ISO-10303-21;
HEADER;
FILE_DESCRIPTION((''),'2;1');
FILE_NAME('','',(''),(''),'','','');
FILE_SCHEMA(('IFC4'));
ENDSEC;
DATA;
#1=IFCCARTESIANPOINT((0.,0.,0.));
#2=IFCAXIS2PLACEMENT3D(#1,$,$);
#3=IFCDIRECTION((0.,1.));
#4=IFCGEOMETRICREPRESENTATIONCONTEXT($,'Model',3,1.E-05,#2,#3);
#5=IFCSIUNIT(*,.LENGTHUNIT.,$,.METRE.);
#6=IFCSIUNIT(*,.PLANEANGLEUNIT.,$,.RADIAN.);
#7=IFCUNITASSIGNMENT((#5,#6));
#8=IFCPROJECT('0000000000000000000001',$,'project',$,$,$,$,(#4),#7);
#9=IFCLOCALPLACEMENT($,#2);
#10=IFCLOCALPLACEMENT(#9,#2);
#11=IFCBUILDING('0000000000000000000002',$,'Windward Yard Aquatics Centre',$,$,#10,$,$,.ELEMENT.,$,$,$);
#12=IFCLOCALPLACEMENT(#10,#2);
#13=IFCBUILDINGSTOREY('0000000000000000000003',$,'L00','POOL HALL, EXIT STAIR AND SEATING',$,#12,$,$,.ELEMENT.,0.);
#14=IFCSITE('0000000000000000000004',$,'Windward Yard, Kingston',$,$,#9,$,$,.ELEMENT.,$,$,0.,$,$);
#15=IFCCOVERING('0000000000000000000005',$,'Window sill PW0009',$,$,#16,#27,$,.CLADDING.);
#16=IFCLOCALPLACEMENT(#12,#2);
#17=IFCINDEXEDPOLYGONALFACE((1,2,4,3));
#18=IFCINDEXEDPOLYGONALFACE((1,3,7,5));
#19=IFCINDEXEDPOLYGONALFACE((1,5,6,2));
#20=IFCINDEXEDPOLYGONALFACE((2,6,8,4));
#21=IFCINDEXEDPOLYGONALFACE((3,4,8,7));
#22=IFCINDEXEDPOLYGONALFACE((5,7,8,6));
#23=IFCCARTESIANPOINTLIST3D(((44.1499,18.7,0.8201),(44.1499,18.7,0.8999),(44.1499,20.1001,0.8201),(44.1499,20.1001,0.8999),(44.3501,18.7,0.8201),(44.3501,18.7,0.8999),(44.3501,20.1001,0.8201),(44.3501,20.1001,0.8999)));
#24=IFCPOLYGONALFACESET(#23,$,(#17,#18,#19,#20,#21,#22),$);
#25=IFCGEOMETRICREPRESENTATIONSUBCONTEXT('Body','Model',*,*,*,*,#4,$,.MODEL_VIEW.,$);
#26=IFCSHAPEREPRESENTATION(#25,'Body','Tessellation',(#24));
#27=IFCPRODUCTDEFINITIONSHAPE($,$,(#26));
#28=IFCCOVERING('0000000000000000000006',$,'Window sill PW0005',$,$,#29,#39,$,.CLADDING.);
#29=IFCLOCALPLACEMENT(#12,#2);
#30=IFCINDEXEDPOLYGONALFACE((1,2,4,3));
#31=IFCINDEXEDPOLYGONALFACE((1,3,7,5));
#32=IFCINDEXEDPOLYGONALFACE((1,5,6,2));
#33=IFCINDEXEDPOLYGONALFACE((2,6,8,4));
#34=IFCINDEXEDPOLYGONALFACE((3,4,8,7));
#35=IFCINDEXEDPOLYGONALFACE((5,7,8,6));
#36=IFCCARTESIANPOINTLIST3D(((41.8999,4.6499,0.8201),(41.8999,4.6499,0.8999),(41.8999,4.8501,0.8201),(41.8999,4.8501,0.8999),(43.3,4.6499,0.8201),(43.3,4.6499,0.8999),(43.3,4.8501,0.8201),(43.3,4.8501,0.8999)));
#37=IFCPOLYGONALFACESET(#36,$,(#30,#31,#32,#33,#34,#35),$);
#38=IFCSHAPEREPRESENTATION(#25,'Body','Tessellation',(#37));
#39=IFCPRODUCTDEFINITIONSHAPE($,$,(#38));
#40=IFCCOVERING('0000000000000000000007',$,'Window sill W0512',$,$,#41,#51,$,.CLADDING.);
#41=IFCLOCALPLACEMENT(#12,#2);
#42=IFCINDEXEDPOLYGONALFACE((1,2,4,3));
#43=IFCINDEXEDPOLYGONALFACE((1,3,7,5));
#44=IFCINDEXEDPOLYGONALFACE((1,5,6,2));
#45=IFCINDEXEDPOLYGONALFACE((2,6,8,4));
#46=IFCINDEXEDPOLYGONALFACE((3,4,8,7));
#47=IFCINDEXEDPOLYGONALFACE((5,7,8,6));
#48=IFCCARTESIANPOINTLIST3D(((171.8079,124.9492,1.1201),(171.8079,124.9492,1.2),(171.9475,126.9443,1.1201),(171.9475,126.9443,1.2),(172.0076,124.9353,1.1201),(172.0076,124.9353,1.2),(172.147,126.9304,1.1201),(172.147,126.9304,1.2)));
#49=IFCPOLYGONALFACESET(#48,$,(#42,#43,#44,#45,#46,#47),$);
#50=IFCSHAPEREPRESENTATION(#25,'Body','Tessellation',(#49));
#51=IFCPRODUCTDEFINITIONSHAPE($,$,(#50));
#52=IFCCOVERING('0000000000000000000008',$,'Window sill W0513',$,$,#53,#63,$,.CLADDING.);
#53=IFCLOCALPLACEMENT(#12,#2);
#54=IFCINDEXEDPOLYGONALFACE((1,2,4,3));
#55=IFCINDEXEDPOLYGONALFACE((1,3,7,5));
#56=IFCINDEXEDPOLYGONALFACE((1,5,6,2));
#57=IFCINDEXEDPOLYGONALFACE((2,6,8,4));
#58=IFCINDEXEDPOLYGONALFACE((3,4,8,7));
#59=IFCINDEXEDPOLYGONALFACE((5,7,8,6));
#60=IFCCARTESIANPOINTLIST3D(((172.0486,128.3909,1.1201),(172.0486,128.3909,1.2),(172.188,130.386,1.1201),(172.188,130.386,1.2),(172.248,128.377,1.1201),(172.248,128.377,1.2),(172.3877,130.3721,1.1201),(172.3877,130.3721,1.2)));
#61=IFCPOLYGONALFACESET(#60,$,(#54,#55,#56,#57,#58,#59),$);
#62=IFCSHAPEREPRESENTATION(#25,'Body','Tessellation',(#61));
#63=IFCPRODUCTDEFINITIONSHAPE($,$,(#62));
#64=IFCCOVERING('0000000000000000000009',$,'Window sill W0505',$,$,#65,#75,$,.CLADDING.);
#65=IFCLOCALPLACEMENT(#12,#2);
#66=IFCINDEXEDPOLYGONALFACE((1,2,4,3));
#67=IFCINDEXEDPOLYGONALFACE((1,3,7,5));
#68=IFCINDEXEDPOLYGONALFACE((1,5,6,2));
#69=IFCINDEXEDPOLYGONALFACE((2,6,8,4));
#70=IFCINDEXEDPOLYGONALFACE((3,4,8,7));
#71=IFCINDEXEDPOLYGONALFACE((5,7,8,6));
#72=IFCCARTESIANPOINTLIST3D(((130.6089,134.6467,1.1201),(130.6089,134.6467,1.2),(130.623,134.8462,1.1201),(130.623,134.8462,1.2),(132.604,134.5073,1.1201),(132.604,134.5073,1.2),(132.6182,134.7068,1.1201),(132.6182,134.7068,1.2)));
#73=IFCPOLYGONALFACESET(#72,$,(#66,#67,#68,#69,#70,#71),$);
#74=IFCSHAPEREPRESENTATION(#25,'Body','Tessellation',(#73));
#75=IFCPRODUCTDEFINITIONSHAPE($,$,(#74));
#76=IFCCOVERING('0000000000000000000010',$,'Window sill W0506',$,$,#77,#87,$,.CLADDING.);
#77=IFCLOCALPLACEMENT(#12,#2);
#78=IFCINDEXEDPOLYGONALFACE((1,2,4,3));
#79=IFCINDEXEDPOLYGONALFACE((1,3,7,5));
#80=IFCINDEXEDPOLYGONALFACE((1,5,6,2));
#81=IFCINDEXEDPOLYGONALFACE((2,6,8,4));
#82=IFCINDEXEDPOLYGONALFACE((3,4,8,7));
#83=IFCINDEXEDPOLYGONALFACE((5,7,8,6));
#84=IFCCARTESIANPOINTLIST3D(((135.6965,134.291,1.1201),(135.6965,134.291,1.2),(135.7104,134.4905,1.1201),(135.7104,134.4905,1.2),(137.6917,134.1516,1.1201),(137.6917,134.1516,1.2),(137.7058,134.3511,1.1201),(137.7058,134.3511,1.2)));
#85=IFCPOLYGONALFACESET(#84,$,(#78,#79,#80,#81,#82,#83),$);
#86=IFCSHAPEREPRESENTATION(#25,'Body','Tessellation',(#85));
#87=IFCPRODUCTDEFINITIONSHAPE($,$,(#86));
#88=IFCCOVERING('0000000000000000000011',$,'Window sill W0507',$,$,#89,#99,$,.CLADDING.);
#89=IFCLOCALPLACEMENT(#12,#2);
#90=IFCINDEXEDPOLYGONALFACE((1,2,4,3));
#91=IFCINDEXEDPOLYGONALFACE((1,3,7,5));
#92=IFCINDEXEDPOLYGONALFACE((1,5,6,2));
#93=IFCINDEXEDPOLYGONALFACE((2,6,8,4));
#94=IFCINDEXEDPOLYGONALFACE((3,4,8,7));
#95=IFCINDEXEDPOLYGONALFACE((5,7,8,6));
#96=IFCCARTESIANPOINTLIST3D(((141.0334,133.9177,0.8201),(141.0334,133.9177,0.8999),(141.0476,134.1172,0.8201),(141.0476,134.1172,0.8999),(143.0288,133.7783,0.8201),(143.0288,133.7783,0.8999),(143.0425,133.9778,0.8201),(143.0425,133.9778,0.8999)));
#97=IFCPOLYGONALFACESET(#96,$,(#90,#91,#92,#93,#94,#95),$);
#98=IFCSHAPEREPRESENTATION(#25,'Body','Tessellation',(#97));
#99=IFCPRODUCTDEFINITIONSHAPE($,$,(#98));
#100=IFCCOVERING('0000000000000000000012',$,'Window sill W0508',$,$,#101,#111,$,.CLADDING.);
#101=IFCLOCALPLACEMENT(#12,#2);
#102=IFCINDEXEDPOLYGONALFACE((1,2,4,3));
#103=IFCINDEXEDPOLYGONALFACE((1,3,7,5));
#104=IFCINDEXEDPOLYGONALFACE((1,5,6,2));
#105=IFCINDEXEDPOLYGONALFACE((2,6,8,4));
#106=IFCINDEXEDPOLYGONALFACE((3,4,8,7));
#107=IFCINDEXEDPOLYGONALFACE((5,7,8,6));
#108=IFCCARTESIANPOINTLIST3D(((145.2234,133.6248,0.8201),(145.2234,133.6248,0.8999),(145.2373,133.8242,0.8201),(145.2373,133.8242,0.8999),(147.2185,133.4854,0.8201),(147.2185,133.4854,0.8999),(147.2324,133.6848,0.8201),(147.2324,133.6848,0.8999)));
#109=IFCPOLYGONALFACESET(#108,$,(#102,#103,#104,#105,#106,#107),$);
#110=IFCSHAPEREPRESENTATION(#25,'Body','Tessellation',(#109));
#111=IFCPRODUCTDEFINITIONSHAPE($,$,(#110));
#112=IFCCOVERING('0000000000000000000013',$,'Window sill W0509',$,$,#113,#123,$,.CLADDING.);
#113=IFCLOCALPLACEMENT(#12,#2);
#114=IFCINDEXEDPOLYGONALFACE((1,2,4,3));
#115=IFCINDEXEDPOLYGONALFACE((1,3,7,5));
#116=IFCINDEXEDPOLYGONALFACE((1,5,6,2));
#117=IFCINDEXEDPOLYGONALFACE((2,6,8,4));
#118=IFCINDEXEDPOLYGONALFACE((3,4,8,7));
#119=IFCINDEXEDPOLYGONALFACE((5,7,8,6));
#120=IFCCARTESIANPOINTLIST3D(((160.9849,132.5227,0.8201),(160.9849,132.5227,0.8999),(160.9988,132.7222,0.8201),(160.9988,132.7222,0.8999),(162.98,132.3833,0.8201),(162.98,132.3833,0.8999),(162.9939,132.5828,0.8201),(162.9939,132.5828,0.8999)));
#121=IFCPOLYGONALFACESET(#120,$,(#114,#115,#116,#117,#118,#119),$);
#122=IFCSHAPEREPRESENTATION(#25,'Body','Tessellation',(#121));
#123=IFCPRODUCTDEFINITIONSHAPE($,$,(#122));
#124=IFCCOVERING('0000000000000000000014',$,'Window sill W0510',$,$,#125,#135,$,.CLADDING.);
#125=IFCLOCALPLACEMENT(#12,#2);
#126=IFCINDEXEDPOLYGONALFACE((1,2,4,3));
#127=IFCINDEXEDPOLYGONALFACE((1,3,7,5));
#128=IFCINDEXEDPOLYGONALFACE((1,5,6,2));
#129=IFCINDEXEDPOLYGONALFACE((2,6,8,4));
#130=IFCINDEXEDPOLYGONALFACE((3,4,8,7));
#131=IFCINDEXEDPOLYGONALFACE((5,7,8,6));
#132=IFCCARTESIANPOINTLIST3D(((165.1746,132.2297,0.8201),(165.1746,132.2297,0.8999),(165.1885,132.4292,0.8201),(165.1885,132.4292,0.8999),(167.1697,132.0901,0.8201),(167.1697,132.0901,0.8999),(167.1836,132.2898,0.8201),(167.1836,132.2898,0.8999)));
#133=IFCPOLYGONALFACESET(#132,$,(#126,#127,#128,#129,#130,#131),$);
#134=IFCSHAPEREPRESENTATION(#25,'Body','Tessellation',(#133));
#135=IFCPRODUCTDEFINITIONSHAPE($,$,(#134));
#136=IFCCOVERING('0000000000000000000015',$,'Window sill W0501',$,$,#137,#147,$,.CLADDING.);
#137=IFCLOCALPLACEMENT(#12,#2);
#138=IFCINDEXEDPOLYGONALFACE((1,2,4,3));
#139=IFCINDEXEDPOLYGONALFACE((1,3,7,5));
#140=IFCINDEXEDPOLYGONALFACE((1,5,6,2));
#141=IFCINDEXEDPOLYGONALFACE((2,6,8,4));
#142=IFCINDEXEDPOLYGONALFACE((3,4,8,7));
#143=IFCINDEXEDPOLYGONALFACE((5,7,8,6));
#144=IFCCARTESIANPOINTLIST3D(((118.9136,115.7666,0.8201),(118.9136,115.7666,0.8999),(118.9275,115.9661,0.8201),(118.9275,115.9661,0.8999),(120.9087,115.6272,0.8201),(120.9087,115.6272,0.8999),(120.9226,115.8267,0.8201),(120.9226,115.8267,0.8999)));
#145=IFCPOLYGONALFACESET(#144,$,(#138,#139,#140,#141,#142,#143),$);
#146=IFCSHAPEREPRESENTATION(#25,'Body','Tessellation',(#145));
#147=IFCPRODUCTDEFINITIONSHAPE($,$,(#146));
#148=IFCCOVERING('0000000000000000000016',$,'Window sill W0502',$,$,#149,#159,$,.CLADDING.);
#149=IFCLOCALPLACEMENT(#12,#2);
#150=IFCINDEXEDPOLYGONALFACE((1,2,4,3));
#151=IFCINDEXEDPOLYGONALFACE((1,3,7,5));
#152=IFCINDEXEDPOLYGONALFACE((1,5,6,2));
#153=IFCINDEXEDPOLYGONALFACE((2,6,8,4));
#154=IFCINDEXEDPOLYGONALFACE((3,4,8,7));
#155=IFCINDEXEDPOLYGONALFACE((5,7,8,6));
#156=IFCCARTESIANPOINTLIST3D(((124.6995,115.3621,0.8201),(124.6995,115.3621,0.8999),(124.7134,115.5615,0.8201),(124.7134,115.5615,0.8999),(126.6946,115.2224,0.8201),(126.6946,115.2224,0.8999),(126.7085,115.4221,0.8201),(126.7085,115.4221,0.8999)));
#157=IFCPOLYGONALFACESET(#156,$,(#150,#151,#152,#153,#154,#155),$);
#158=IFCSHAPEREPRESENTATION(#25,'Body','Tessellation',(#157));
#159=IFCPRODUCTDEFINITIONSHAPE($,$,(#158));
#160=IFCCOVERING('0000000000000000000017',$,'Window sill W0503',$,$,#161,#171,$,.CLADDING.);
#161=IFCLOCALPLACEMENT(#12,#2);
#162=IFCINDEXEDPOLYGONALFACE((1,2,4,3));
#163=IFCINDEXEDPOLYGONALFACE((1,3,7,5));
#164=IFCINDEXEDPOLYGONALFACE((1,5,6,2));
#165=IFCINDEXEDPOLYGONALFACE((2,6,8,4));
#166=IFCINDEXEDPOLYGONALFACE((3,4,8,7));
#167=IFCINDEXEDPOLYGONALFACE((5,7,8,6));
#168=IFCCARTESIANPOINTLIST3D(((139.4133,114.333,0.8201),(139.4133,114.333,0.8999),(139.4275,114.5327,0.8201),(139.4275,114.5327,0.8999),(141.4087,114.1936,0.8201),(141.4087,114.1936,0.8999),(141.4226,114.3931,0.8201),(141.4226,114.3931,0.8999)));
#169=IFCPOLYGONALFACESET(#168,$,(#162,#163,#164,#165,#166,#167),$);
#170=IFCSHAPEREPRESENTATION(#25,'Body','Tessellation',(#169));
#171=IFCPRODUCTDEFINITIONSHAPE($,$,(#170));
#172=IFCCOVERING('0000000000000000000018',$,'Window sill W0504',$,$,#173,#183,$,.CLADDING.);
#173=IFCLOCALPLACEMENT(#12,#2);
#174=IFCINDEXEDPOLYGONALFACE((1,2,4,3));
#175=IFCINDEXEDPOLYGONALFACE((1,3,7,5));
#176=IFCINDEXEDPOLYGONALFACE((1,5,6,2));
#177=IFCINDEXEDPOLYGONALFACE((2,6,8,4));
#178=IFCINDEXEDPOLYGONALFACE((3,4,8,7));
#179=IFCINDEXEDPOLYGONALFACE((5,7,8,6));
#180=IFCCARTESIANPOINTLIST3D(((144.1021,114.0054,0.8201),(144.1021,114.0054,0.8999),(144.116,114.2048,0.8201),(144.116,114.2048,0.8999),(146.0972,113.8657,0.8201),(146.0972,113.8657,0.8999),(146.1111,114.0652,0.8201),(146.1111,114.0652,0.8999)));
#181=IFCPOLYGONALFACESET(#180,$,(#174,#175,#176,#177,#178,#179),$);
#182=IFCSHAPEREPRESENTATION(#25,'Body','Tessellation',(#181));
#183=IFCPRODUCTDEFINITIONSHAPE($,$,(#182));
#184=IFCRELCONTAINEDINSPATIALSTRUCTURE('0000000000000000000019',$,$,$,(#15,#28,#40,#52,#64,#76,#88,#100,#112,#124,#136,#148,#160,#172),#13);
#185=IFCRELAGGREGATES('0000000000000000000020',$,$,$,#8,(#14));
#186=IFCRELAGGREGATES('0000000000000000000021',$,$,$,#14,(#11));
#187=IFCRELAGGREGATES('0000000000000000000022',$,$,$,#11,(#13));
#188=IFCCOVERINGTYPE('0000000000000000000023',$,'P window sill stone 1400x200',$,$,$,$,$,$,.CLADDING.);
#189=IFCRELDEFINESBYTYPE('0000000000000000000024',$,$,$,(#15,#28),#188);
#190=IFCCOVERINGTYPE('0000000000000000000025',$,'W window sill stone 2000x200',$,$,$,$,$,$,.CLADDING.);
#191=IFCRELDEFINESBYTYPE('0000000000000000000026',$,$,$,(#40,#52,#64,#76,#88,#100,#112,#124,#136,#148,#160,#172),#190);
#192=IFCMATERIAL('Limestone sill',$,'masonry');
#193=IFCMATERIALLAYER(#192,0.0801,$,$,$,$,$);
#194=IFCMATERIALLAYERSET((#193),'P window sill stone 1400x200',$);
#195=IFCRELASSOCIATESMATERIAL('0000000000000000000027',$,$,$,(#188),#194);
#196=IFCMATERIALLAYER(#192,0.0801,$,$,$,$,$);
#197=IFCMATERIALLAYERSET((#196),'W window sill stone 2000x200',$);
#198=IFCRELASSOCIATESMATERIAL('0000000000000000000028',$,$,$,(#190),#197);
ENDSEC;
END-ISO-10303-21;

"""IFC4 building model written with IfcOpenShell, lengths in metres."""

from ifc_helpers import new_model, si_unit, direction, frame, origin, place, context, subcontext, project, spatial, polyline, outline, extrude, material, layer, layer_set, type_object, element, save


model = new_model("IFC4")

# Units and contexts
model_context = context("Model", 3, precision=1e-05, world=origin(), true_north=direction((0.0, 1.0)))
body_context = subcontext(model_context, "Body", "Model", "MODEL_VIEW")
ifc_project = project(units=[si_unit("LENGTHUNIT", "METRE"), si_unit("PLANEANGLEUNIT", "RADIAN")], contexts=[model_context])

# Site, building, storey
site_placement = place(None, origin())
site = spatial("IfcSite", under=ifc_project, at=site_placement, Name="Windward Yard, Kingston", CompositionType="ELEMENT", RefElevation=0.0)
building_placement = place(site_placement, origin())
building = spatial("IfcBuilding", under=site, at=building_placement, Name="Windward Yard Aquatics Centre", CompositionType="ELEMENT")
storey_placement = place(building_placement, origin())
storey = spatial("IfcBuildingStorey", under=building, at=storey_placement, Name="L00", Description="POOL HALL, EXIT STAIR AND SEATING", CompositionType="ELEMENT", Elevation=0.0)

# Coverings
ifc_material_1 = material(Name="Limestone sill", Category="masonry")
ifc_layer_1 = layer(ifc_material_1, 0.0801)
ifc_layer_set_1 = layer_set([ifc_layer_1], Name="P window sill stone 1400x200")
covering_type_1 = type_object("IfcCoveringType", Name="P window sill stone 1400x200", PredefinedType="CLADDING", material=ifc_layer_set_1)
covering_1_placement = place(storey_placement, frame((0.0, 0.0, 0.8201)))
element("IfcCovering", 1, at=covering_1_placement, inside=storey, type_object=covering_type_1, Name="Window sill PW0009", PredefinedType="CLADDING", context=body_context, shape_type="SweptSolid", body=[
    extrude(outline(polyline([(44.1499, 18.7), (44.1499, 20.1001), (44.3501, 20.1001), (44.3501, 18.7), (44.1499, 18.7)])), origin(), (0.0, 0.0, 1.0), 0.0798),
])
covering_2_placement = place(storey_placement, frame((0.0, 0.0, 0.8201)))
element("IfcCovering", 2, at=covering_2_placement, inside=storey, type_object=covering_type_1, Name="Window sill PW0005", PredefinedType="CLADDING", context=body_context, shape_type="SweptSolid", body=[
    extrude(outline(polyline([(41.8999, 4.6499), (41.8999, 4.8501), (43.3, 4.8501), (43.3, 4.6499), (41.8999, 4.6499)])), origin(), (0.0, 0.0, 1.0), 0.0798),
])
ifc_layer_2 = layer(ifc_material_1, 0.0801)
ifc_layer_set_2 = layer_set([ifc_layer_2], Name="W window sill stone 2000x200")
covering_type_2 = type_object("IfcCoveringType", Name="W window sill stone 2000x200", PredefinedType="CLADDING", material=ifc_layer_set_2)
covering_3_placement = place(storey_placement, frame((0.0, 0.0, 1.1201)))
element("IfcCovering", 3, at=covering_3_placement, inside=storey, type_object=covering_type_2, Name="Window sill W0512", PredefinedType="CLADDING", context=body_context, shape_type="SweptSolid", body=[
    extrude(outline(polyline([(171.8079, 124.9492), (171.9475, 126.9443), (172.147, 126.9304), (172.0076, 124.9353), (171.8079, 124.9492)])), origin(), (0.0, 0.0, 1.0), 0.0798),
])
covering_4_placement = place(storey_placement, frame((0.0, 0.0, 1.1201)))
element("IfcCovering", 4, at=covering_4_placement, inside=storey, type_object=covering_type_2, Name="Window sill W0513", PredefinedType="CLADDING", context=body_context, shape_type="SweptSolid", body=[
    extrude(outline(polyline([(172.0486, 128.3909), (172.188, 130.386), (172.3877, 130.3721), (172.248, 128.377), (172.0486, 128.3909)])), origin(), (0.0, 0.0, 1.0), 0.0798),
])
covering_5_placement = place(storey_placement, frame((0.0, 0.0, 1.1201)))
element("IfcCovering", 5, at=covering_5_placement, inside=storey, type_object=covering_type_2, Name="Window sill W0505", PredefinedType="CLADDING", context=body_context, shape_type="SweptSolid", body=[
    extrude(outline(polyline([(130.6089, 134.6467), (132.604, 134.5073), (132.6182, 134.7068), (130.623, 134.8462), (130.6089, 134.6467)])), origin(), (0.0, 0.0, 1.0), 0.0798),
])
covering_6_placement = place(storey_placement, frame((0.0, 0.0, 1.1201)))
element("IfcCovering", 6, at=covering_6_placement, inside=storey, type_object=covering_type_2, Name="Window sill W0506", PredefinedType="CLADDING", context=body_context, shape_type="SweptSolid", body=[
    extrude(outline(polyline([(135.6965, 134.291), (137.6917, 134.1516), (137.7058, 134.3511), (135.7104, 134.4905), (135.6965, 134.291)])), origin(), (0.0, 0.0, 1.0), 0.0798),
])
covering_7_placement = place(storey_placement, frame((0.0, 0.0, 0.8201)))
element("IfcCovering", 7, at=covering_7_placement, inside=storey, type_object=covering_type_2, Name="Window sill W0507", PredefinedType="CLADDING", context=body_context, shape_type="SweptSolid", body=[
    extrude(outline(polyline([(141.0334, 133.9177), (143.0288, 133.7783), (143.0425, 133.9778), (141.0476, 134.1172), (141.0334, 133.9177)])), origin(), (0.0, 0.0, 1.0), 0.0798),
])
covering_8_placement = place(storey_placement, frame((0.0, 0.0, 0.8201)))
element("IfcCovering", 8, at=covering_8_placement, inside=storey, type_object=covering_type_2, Name="Window sill W0508", PredefinedType="CLADDING", context=body_context, shape_type="SweptSolid", body=[
    extrude(outline(polyline([(145.2234, 133.6248), (147.2185, 133.4854), (147.2324, 133.6848), (145.2373, 133.8242), (145.2234, 133.6248)])), origin(), (0.0, 0.0, 1.0), 0.0798),
])
covering_9_placement = place(storey_placement, frame((0.0, 0.0, 0.8201)))
element("IfcCovering", 9, at=covering_9_placement, inside=storey, type_object=covering_type_2, Name="Window sill W0509", PredefinedType="CLADDING", context=body_context, shape_type="SweptSolid", body=[
    extrude(outline(polyline([(160.9849, 132.5227), (162.98, 132.3833), (162.9939, 132.5828), (160.9988, 132.7222), (160.9849, 132.5227)])), origin(), (0.0, 0.0, 1.0), 0.0798),
])
covering_10_placement = place(storey_placement, frame((0.0, 0.0, 0.8201)))
element("IfcCovering", 10, at=covering_10_placement, inside=storey, type_object=covering_type_2, Name="Window sill W0510", PredefinedType="CLADDING", context=body_context, shape_type="SweptSolid", body=[
    extrude(outline(polyline([(165.1746, 132.2297), (167.1697, 132.0901), (167.1836, 132.2898), (165.1885, 132.4292), (165.1746, 132.2297)])), origin(), (0.0, 0.0, 1.0), 0.0798),
])
covering_11_placement = place(storey_placement, frame((0.0, 0.0, 0.8201)))
element("IfcCovering", 11, at=covering_11_placement, inside=storey, type_object=covering_type_2, Name="Window sill W0501", PredefinedType="CLADDING", context=body_context, shape_type="SweptSolid", body=[
    extrude(outline(polyline([(118.9136, 115.7666), (118.9275, 115.9661), (120.9226, 115.8267), (120.9087, 115.6272), (118.9136, 115.7666)])), origin(), (0.0, 0.0, 1.0), 0.0798),
])
covering_12_placement = place(storey_placement, frame((0.0, 0.0, 0.8201)))
element("IfcCovering", 12, at=covering_12_placement, inside=storey, type_object=covering_type_2, Name="Window sill W0502", PredefinedType="CLADDING", context=body_context, shape_type="SweptSolid", body=[
    extrude(outline(polyline([(124.6995, 115.3621), (124.7134, 115.5615), (126.7085, 115.4221), (126.6946, 115.2224), (124.6995, 115.3621)])), origin(), (0.0, 0.0, 1.0), 0.0798),
])
covering_13_placement = place(storey_placement, frame((0.0, 0.0, 0.8201)))
element("IfcCovering", 13, at=covering_13_placement, inside=storey, type_object=covering_type_2, Name="Window sill W0503", PredefinedType="CLADDING", context=body_context, shape_type="SweptSolid", body=[
    extrude(outline(polyline([(139.4133, 114.333), (139.4275, 114.5327), (141.4226, 114.3931), (141.4087, 114.1936), (139.4133, 114.333)])), origin(), (0.0, 0.0, 1.0), 0.0798),
])
covering_14_placement = place(storey_placement, frame((0.0, 0.0, 0.8201)))
element("IfcCovering", 14, at=covering_14_placement, inside=storey, type_object=covering_type_2, Name="Window sill W0504", PredefinedType="CLADDING", context=body_context, shape_type="SweptSolid", body=[
    extrude(outline(polyline([(144.1021, 114.0054), (144.116, 114.2048), (146.1111, 114.0652), (146.0972, 113.8657), (144.1021, 114.0054)])), origin(), (0.0, 0.0, 1.0), 0.0798),
])

save(model, "model.ifc")
